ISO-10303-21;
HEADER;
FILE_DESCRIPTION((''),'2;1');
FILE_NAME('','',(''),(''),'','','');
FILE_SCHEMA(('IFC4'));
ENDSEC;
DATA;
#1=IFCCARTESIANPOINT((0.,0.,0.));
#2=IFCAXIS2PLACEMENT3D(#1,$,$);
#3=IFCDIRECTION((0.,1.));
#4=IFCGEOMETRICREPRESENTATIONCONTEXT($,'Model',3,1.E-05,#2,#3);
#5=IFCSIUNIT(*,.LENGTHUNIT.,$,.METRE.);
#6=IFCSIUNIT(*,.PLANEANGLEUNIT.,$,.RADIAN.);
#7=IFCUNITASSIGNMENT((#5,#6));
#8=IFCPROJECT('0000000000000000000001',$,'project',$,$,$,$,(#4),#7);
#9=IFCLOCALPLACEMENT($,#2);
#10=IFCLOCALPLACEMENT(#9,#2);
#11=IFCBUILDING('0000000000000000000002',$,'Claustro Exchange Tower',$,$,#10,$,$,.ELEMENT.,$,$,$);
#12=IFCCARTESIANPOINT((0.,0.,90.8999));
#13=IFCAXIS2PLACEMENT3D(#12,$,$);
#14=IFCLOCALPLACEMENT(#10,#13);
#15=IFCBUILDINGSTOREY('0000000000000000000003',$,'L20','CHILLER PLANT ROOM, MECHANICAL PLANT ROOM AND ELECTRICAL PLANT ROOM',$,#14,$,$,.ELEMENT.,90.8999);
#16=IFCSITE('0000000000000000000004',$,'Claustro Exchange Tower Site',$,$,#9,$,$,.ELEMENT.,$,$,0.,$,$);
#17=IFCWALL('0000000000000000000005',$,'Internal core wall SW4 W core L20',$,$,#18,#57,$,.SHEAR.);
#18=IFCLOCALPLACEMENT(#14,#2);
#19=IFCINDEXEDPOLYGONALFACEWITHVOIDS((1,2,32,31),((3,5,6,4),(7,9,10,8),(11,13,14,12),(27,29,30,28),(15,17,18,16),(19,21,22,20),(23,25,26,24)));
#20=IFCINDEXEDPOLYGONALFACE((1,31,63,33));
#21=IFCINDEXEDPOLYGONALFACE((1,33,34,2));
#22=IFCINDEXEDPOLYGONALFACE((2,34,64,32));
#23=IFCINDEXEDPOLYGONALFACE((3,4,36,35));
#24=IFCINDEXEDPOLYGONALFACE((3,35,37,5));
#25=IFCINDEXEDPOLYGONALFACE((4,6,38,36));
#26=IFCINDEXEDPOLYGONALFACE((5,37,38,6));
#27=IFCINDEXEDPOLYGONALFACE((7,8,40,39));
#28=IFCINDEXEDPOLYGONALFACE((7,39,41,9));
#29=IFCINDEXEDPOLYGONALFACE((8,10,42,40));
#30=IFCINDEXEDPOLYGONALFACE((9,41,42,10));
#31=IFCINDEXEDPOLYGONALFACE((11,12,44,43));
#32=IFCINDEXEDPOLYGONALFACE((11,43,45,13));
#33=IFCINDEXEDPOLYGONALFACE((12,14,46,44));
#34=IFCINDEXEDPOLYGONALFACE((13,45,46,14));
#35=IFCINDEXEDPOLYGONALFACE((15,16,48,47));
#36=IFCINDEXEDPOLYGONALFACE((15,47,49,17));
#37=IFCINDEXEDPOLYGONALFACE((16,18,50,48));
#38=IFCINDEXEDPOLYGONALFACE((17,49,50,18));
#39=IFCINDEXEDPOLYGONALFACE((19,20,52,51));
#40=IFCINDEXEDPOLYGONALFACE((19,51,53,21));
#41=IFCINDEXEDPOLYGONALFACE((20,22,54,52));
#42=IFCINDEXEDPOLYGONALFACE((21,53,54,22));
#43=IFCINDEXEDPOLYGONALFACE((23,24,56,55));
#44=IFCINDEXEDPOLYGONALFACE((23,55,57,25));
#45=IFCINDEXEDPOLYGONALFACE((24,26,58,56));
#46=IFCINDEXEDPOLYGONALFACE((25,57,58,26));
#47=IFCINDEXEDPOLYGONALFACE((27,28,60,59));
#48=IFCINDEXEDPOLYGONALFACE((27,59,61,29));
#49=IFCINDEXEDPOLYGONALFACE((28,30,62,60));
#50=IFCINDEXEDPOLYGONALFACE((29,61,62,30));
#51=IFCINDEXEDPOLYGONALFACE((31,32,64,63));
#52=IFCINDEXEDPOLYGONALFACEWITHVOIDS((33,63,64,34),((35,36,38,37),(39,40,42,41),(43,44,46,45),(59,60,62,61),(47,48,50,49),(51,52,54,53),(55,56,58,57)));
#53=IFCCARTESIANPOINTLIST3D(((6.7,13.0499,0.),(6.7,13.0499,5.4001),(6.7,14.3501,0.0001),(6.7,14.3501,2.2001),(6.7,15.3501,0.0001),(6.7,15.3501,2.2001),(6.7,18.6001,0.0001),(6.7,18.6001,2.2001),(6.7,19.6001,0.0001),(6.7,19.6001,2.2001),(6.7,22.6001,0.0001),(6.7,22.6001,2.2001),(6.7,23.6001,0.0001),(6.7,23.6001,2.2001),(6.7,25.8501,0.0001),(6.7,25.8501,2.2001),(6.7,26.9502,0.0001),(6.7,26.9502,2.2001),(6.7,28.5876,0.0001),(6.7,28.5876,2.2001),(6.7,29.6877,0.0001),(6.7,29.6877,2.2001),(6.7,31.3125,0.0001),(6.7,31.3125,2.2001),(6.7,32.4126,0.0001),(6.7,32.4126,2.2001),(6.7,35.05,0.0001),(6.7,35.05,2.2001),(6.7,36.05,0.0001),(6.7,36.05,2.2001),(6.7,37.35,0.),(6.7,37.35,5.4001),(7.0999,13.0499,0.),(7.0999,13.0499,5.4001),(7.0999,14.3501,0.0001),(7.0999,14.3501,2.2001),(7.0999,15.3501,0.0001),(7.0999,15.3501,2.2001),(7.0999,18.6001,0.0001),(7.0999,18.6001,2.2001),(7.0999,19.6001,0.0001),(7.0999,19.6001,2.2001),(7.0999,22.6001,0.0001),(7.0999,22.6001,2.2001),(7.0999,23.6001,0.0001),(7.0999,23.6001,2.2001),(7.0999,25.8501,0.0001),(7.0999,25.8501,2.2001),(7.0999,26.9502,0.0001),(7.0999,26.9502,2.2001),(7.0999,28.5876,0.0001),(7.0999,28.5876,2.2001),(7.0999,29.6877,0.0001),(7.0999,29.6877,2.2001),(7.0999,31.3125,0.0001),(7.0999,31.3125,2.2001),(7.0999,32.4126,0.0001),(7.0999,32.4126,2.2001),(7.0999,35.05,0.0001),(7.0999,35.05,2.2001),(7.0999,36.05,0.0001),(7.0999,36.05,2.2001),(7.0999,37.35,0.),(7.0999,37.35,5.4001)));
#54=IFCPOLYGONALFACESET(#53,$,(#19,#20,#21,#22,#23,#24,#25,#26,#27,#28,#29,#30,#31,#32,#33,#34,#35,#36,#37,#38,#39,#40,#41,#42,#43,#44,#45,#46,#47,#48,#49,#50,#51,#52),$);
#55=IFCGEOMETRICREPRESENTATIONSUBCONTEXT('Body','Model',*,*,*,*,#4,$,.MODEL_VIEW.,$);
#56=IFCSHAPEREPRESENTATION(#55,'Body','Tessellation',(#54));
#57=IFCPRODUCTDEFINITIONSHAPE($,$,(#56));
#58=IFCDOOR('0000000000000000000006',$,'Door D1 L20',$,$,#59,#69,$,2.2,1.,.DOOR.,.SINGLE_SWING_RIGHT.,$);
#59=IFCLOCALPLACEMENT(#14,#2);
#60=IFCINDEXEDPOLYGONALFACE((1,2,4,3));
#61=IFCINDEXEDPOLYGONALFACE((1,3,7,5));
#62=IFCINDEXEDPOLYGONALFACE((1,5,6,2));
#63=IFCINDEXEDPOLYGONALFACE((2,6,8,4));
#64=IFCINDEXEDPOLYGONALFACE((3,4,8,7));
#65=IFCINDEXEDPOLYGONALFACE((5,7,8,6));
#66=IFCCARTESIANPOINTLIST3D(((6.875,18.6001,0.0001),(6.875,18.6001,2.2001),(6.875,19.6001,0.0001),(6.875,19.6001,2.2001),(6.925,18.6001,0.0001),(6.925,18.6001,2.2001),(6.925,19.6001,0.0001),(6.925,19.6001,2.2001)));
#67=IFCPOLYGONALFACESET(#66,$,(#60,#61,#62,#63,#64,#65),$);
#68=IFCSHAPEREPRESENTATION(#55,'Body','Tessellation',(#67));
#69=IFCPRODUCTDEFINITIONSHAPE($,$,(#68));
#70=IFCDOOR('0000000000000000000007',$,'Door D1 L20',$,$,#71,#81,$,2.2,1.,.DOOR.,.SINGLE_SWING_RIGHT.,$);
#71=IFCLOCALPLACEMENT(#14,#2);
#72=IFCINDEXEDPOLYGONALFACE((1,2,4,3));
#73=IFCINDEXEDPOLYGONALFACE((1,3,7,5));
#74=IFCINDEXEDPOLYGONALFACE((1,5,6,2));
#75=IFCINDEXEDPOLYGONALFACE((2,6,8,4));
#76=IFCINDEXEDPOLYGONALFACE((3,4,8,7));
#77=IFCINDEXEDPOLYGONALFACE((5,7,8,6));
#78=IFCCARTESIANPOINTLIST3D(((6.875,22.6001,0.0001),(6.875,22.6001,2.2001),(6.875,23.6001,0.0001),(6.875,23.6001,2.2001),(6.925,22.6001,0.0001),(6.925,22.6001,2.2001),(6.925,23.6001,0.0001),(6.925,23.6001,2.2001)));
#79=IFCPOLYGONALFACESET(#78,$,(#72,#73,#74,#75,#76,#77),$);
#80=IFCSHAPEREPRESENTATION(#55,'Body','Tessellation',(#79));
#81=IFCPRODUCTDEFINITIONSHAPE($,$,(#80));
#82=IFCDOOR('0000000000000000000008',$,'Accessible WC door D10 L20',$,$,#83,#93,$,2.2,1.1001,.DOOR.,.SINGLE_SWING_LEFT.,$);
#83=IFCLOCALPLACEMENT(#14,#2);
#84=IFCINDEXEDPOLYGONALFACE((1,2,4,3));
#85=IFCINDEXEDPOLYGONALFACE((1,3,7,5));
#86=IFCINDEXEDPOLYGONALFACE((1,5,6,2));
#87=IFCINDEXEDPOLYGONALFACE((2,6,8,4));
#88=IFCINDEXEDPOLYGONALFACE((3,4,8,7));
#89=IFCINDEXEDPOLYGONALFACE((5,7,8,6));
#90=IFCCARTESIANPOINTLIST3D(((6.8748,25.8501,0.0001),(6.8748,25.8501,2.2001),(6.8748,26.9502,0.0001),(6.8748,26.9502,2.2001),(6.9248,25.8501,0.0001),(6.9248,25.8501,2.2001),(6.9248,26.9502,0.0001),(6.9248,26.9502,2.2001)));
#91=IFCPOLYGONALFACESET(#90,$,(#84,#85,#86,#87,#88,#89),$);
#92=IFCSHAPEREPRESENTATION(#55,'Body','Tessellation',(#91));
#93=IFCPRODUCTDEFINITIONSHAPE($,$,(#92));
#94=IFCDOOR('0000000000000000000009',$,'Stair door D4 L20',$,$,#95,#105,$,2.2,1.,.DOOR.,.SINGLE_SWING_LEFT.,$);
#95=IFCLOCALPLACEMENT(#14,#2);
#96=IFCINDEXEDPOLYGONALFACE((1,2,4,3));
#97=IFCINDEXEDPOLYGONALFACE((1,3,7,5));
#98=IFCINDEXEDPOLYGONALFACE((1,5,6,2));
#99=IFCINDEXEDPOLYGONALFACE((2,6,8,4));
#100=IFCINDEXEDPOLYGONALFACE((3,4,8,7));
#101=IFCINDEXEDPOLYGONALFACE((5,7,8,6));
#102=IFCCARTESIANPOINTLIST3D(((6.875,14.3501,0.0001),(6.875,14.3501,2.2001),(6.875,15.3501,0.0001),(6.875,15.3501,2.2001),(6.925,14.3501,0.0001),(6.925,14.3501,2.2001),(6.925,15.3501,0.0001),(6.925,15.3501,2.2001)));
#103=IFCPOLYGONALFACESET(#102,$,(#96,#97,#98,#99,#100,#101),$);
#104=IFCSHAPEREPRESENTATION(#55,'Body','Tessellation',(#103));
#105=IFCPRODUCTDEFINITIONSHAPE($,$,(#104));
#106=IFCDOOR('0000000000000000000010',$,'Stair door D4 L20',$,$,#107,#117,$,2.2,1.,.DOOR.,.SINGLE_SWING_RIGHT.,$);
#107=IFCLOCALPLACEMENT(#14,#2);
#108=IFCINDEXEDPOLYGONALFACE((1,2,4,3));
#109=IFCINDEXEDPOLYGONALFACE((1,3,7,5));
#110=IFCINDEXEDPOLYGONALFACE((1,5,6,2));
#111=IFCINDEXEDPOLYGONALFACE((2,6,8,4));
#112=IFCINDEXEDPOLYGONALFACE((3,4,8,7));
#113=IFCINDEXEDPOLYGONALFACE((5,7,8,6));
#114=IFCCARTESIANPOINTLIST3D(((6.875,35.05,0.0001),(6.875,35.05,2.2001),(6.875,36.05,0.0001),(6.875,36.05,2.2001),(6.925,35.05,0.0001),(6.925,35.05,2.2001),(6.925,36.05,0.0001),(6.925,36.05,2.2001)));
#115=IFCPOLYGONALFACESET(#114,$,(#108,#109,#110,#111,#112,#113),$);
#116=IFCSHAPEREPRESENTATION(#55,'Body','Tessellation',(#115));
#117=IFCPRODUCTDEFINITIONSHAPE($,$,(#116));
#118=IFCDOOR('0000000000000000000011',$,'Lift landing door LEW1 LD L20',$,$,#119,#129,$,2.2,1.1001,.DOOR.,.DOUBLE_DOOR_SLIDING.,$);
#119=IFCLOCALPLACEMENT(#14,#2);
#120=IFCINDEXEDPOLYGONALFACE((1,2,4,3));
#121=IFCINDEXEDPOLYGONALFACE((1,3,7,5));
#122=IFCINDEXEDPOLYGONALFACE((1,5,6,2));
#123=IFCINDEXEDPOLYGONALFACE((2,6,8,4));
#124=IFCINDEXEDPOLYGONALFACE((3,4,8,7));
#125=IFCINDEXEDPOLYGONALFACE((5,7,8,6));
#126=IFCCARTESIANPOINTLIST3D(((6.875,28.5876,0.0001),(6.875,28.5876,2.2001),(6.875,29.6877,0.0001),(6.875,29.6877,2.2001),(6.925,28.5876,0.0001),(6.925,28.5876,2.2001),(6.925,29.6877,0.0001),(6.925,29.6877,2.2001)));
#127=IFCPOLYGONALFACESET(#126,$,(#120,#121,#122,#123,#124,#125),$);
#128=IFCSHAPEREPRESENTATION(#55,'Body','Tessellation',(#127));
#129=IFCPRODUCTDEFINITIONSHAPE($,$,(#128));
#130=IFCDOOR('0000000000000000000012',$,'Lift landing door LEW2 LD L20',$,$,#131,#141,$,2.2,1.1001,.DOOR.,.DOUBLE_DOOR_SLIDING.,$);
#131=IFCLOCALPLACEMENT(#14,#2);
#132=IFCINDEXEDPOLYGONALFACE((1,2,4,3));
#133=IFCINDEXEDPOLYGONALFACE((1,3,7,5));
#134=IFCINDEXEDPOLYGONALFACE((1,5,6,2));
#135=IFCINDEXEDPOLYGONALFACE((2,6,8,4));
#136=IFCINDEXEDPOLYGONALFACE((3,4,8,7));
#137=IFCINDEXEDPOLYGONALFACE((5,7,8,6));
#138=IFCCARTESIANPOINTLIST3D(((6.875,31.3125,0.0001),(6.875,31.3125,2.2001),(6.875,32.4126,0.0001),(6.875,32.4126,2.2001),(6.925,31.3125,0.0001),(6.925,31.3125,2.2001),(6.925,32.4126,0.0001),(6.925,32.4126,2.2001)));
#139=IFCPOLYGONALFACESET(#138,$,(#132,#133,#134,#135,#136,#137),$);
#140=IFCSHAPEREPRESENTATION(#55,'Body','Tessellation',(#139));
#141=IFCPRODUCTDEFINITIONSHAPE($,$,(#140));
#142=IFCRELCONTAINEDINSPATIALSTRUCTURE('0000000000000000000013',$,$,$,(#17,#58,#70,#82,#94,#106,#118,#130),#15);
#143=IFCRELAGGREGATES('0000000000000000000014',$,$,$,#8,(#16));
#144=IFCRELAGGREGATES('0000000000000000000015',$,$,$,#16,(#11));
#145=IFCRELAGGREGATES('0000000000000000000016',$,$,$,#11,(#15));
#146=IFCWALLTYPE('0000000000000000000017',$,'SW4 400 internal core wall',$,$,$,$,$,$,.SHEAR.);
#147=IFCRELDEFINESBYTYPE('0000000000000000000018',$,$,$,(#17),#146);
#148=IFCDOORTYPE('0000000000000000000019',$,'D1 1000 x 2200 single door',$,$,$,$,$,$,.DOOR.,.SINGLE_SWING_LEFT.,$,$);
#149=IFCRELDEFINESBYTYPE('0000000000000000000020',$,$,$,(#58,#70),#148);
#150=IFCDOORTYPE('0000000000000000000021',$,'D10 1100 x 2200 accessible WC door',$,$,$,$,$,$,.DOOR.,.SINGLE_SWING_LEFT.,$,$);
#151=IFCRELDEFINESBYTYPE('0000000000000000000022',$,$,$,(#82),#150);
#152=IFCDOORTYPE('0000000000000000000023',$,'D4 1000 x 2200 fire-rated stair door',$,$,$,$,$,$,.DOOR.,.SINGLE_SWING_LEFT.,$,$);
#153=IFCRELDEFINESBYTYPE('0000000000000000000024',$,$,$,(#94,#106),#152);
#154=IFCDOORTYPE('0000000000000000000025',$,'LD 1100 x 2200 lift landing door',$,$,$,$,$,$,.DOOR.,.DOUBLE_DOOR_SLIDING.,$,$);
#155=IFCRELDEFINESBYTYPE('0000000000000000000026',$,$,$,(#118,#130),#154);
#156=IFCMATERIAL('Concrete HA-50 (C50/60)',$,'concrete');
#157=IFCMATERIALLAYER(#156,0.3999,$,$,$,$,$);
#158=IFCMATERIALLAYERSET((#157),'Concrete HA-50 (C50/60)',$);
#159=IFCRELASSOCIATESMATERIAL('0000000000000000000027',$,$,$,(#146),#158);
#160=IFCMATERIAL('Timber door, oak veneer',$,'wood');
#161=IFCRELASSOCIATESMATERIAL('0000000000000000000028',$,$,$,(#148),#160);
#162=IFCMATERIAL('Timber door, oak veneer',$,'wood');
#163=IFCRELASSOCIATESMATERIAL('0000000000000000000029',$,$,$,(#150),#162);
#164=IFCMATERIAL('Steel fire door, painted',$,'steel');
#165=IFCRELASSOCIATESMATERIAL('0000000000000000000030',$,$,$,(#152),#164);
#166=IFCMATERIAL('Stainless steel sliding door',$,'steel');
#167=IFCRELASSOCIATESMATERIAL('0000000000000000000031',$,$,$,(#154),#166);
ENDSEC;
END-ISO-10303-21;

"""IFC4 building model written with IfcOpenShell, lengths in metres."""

from ifc_helpers import new_model, si_unit, direction, frame, frame_2d, origin, place, context, subcontext, project, spatial, rectangle, extrude, material, layer, layer_set, type_object, element, fill, save


model = new_model("IFC4")

# Units and contexts
model_context = context("Model", 3, precision=1e-05, world=origin(), true_north=direction((0.0, 1.0)))
body_context = subcontext(model_context, "Body", "Model", "MODEL_VIEW")
ifc_project = project(units=[si_unit("LENGTHUNIT", "METRE"), si_unit("PLANEANGLEUNIT", "RADIAN")], contexts=[model_context])

# Site, building, storey
site_placement = place(None, origin())
site = spatial("IfcSite", under=ifc_project, at=site_placement, Name="Claustro Exchange Tower Site", CompositionType="ELEMENT", RefElevation=0.0)
building_placement = place(site_placement, origin())
building = spatial("IfcBuilding", under=site, at=building_placement, Name="Claustro Exchange Tower", CompositionType="ELEMENT")
storey_placement = place(building_placement, frame((0.0, 0.0, 90.8999)))
storey = spatial("IfcBuildingStorey", under=building, at=storey_placement, Name="L20", Description="CHILLER PLANT ROOM, MECHANICAL PLANT ROOM AND ELECTRICAL PLANT ROOM", CompositionType="ELEMENT", Elevation=90.8999)

# Wall, openings, doors
ifc_material_1 = material(Name="Concrete HA-50 (C50/60)", Category="concrete")
ifc_layer_1 = layer(ifc_material_1, 0.3999)
ifc_layer_set_1 = layer_set([ifc_layer_1], Name="Concrete HA-50 (C50/60)")
wall_type_1 = type_object("IfcWallType", Name="SW4 400 internal core wall", PredefinedType="SHEAR", material=ifc_layer_set_1)
wall_1_placement = place(storey_placement, frame((6.8999, 13.05, 0.0), z_axis=(0.0, 0.0, 1.0), x_axis=(0.0, 1.0, 0.0)))
wall_1 = element("IfcWall", 1, at=wall_1_placement, inside=storey, type_object=wall_type_1, Name="Internal core wall SW4 W core L20", PredefinedType="SHEAR", context=body_context, shape_type="SweptSolid", body=[
    extrude(rectangle(XDim=24.3, YDim=0.3999, at=frame_2d((12.1499, 0.0))), origin(), (0.0, 0.0, 1.0), 5.4001),
])
opening_1_placement = place(wall_1_placement, frame((1.3, 0.0, 0.0)))
opening_1 = element("IfcOpeningElement", 2, at=opening_1_placement, cuts=wall_1, PredefinedType="OPENING", context=body_context, shape_type="SweptSolid", body=[
    extrude(rectangle(XDim=1.0, YDim=2.2, at=frame_2d((0.5, 1.1001))), frame((0.0, 0.21, 0.0), z_axis=(0.0, -1.0, 0.0), x_axis=(1.0, 0.0, 0.0)), (0.0, 0.0, 1.0), 0.4199),
])
opening_2_placement = place(wall_1_placement, frame((22.0, 0.0, 0.0)))
opening_2 = element("IfcOpeningElement", 3, at=opening_2_placement, cuts=wall_1, PredefinedType="OPENING", context=body_context, shape_type="SweptSolid", body=[
    extrude(rectangle(XDim=1.0, YDim=2.2, at=frame_2d((0.5, 1.1001))), frame((0.0, 0.21, 0.0), z_axis=(0.0, -1.0, 0.0), x_axis=(1.0, 0.0, 0.0)), (0.0, 0.0, 1.0), 0.4199),
])
opening_3_placement = place(wall_1_placement, frame((5.55, 0.0, 0.0)))
opening_3 = element("IfcOpeningElement", 4, at=opening_3_placement, cuts=wall_1, PredefinedType="OPENING", context=body_context, shape_type="SweptSolid", body=[
    extrude(rectangle(XDim=1.0, YDim=2.2, at=frame_2d((0.5, 1.1001))), frame((0.0, 0.21, 0.0), z_axis=(0.0, -1.0, 0.0), x_axis=(1.0, 0.0, 0.0)), (0.0, 0.0, 1.0), 0.4199),
])
opening_4_placement = place(wall_1_placement, frame((9.55, 0.0, 0.0)))
opening_4 = element("IfcOpeningElement", 5, at=opening_4_placement, cuts=wall_1, PredefinedType="OPENING", context=body_context, shape_type="SweptSolid", body=[
    extrude(rectangle(XDim=1.0, YDim=2.2, at=frame_2d((0.5, 1.1001))), frame((0.0, 0.21, 0.0), z_axis=(0.0, -1.0, 0.0), x_axis=(1.0, 0.0, 0.0)), (0.0, 0.0, 1.0), 0.4199),
])
opening_5_placement = place(wall_1_placement, frame((12.8, 0.0, 0.0)))
opening_5 = element("IfcOpeningElement", 6, at=opening_5_placement, cuts=wall_1, PredefinedType="OPENING", context=body_context, shape_type="SweptSolid", body=[
    extrude(rectangle(XDim=1.1001, YDim=2.2, at=frame_2d((0.55, 1.1001))), frame((0.0, 0.21, 0.0), z_axis=(0.0, -1.0, 0.0), x_axis=(1.0, 0.0, 0.0)), (0.0, 0.0, 1.0), 0.4199),
])
opening_6_placement = place(wall_1_placement, frame((15.5376, 0.0, 0.0)))
opening_6 = element("IfcOpeningElement", 7, at=opening_6_placement, cuts=wall_1, PredefinedType="OPENING", context=body_context, shape_type="SweptSolid", body=[
    extrude(rectangle(XDim=1.1001, YDim=2.2, at=frame_2d((0.55, 1.1001))), frame((0.0, 0.21, 0.0), z_axis=(0.0, -1.0, 0.0), x_axis=(1.0, 0.0, 0.0)), (0.0, 0.0, 1.0), 0.4199),
])
opening_7_placement = place(wall_1_placement, frame((18.2625, 0.0, 0.0)))
opening_7 = element("IfcOpeningElement", 8, at=opening_7_placement, cuts=wall_1, PredefinedType="OPENING", context=body_context, shape_type="SweptSolid", body=[
    extrude(rectangle(XDim=1.1001, YDim=2.2, at=frame_2d((0.55, 1.1001))), frame((0.0, 0.21, 0.0), z_axis=(0.0, -1.0, 0.0), x_axis=(1.0, 0.0, 0.0)), (0.0, 0.0, 1.0), 0.4199),
])
ifc_material_2 = material(Name="Timber door, oak veneer", Category="wood")
door_type_1 = type_object("IfcDoorType", Name="D1 1000 x 2200 single door", OperationType="SINGLE_SWING_LEFT", PredefinedType="DOOR", material=ifc_material_2)
door_1_placement = place(opening_3_placement, origin())
door_1 = element("IfcDoor", 9, at=door_1_placement, inside=storey, type_object=door_type_1, Name="Door D1 L20", OperationType="SINGLE_SWING_RIGHT", OverallHeight=2.2, OverallWidth=1.0, PredefinedType="DOOR", context=body_context, shape_type="SweptSolid", body=[
    extrude(rectangle(XDim=1.0, YDim=2.2, at=frame_2d((0.5, 1.1001))), frame((0.0, 0.0249, 0.0), z_axis=(0.0, -1.0, 0.0), x_axis=(1.0, 0.0, 0.0)), (0.0, 0.0, 1.0), 0.05),
])
fill(opening_3, door_1)
door_2_placement = place(opening_4_placement, origin())
door_2 = element("IfcDoor", 10, at=door_2_placement, inside=storey, type_object=door_type_1, Name="Door D1 L20", OperationType="SINGLE_SWING_RIGHT", OverallHeight=2.2, OverallWidth=1.0, PredefinedType="DOOR", context=body_context, shape_type="SweptSolid", body=[
    extrude(rectangle(XDim=1.0, YDim=2.2, at=frame_2d((0.5, 1.1001))), frame((0.0, 0.0249, 0.0), z_axis=(0.0, -1.0, 0.0), x_axis=(1.0, 0.0, 0.0)), (0.0, 0.0, 1.0), 0.05),
])
fill(opening_4, door_2)
ifc_material_3 = material(Name="Timber door, oak veneer", Category="wood")
door_type_2 = type_object("IfcDoorType", Name="D10 1100 x 2200 accessible WC door", OperationType="SINGLE_SWING_LEFT", PredefinedType="DOOR", material=ifc_material_3)
door_3_placement = place(opening_5_placement, frame((1.1001, 0.0, 0.0), z_axis=(0.0, 0.0, 1.0), x_axis=(-1.0, 0.0, 0.0)))
door_3 = element("IfcDoor", 11, at=door_3_placement, inside=storey, type_object=door_type_2, Name="Accessible WC door D10 L20", OperationType="SINGLE_SWING_LEFT", OverallHeight=2.2, OverallWidth=1.1001, PredefinedType="DOOR", context=body_context, shape_type="SweptSolid", body=[
    extrude(rectangle(XDim=1.1001, YDim=2.2, at=frame_2d((0.55, 1.1001))), frame((0.0, 0.0249, 0.0), z_axis=(0.0, -1.0, 0.0), x_axis=(1.0, 0.0, 0.0)), (0.0, 0.0, 1.0), 0.05),
])
fill(opening_5, door_3)
ifc_material_4 = material(Name="Steel fire door, painted", Category="steel")
door_type_3 = type_object("IfcDoorType", Name="D4 1000 x 2200 fire-rated stair door", OperationType="SINGLE_SWING_LEFT", PredefinedType="DOOR", material=ifc_material_4)
door_4_placement = place(opening_1_placement, origin())
door_4 = element("IfcDoor", 12, at=door_4_placement, inside=storey, type_object=door_type_3, Name="Stair door D4 L20", OperationType="SINGLE_SWING_LEFT", OverallHeight=2.2, OverallWidth=1.0, PredefinedType="DOOR", context=body_context, shape_type="SweptSolid", body=[
    extrude(rectangle(XDim=1.0, YDim=2.2, at=frame_2d((0.5, 1.1001))), frame((0.0, 0.0249, 0.0), z_axis=(0.0, -1.0, 0.0), x_axis=(1.0, 0.0, 0.0)), (0.0, 0.0, 1.0), 0.05),
])
fill(opening_1, door_4)
door_5_placement = place(opening_2_placement, origin())
door_5 = element("IfcDoor", 13, at=door_5_placement, inside=storey, type_object=door_type_3, Name="Stair door D4 L20", OperationType="SINGLE_SWING_RIGHT", OverallHeight=2.2, OverallWidth=1.0, PredefinedType="DOOR", context=body_context, shape_type="SweptSolid", body=[
    extrude(rectangle(XDim=1.0, YDim=2.2, at=frame_2d((0.5, 1.1001))), frame((0.0, 0.0249, 0.0), z_axis=(0.0, -1.0, 0.0), x_axis=(1.0, 0.0, 0.0)), (0.0, 0.0, 1.0), 0.05),
])
fill(opening_2, door_5)
ifc_material_5 = material(Name="Stainless steel sliding door", Category="steel")
door_type_4 = type_object("IfcDoorType", Name="LD 1100 x 2200 lift landing door", OperationType="DOUBLE_DOOR_SLIDING", PredefinedType="DOOR", material=ifc_material_5)
door_6_placement = place(opening_6_placement, origin())
door_6 = element("IfcDoor", 14, at=door_6_placement, inside=storey, type_object=door_type_4, Name="Lift landing door LEW1 LD L20", OperationType="DOUBLE_DOOR_SLIDING", OverallHeight=2.2, OverallWidth=1.1001, PredefinedType="DOOR", context=body_context, shape_type="SweptSolid", body=[
    extrude(rectangle(XDim=1.1001, YDim=2.2, at=frame_2d((0.55, 1.1001))), frame((0.0, 0.0249, 0.0), z_axis=(0.0, -1.0, 0.0), x_axis=(1.0, 0.0, 0.0)), (0.0, 0.0, 1.0), 0.05),
])
fill(opening_6, door_6)
door_7_placement = place(opening_7_placement, origin())
door_7 = element("IfcDoor", 15, at=door_7_placement, inside=storey, type_object=door_type_4, Name="Lift landing door LEW2 LD L20", OperationType="DOUBLE_DOOR_SLIDING", OverallHeight=2.2, OverallWidth=1.1001, PredefinedType="DOOR", context=body_context, shape_type="SweptSolid", body=[
    extrude(rectangle(XDim=1.1001, YDim=2.2, at=frame_2d((0.55, 1.1001))), frame((0.0, 0.0249, 0.0), z_axis=(0.0, -1.0, 0.0), x_axis=(1.0, 0.0, 0.0)), (0.0, 0.0, 1.0), 0.05),
])
fill(opening_7, door_7)

save(model, "model.ifc")
